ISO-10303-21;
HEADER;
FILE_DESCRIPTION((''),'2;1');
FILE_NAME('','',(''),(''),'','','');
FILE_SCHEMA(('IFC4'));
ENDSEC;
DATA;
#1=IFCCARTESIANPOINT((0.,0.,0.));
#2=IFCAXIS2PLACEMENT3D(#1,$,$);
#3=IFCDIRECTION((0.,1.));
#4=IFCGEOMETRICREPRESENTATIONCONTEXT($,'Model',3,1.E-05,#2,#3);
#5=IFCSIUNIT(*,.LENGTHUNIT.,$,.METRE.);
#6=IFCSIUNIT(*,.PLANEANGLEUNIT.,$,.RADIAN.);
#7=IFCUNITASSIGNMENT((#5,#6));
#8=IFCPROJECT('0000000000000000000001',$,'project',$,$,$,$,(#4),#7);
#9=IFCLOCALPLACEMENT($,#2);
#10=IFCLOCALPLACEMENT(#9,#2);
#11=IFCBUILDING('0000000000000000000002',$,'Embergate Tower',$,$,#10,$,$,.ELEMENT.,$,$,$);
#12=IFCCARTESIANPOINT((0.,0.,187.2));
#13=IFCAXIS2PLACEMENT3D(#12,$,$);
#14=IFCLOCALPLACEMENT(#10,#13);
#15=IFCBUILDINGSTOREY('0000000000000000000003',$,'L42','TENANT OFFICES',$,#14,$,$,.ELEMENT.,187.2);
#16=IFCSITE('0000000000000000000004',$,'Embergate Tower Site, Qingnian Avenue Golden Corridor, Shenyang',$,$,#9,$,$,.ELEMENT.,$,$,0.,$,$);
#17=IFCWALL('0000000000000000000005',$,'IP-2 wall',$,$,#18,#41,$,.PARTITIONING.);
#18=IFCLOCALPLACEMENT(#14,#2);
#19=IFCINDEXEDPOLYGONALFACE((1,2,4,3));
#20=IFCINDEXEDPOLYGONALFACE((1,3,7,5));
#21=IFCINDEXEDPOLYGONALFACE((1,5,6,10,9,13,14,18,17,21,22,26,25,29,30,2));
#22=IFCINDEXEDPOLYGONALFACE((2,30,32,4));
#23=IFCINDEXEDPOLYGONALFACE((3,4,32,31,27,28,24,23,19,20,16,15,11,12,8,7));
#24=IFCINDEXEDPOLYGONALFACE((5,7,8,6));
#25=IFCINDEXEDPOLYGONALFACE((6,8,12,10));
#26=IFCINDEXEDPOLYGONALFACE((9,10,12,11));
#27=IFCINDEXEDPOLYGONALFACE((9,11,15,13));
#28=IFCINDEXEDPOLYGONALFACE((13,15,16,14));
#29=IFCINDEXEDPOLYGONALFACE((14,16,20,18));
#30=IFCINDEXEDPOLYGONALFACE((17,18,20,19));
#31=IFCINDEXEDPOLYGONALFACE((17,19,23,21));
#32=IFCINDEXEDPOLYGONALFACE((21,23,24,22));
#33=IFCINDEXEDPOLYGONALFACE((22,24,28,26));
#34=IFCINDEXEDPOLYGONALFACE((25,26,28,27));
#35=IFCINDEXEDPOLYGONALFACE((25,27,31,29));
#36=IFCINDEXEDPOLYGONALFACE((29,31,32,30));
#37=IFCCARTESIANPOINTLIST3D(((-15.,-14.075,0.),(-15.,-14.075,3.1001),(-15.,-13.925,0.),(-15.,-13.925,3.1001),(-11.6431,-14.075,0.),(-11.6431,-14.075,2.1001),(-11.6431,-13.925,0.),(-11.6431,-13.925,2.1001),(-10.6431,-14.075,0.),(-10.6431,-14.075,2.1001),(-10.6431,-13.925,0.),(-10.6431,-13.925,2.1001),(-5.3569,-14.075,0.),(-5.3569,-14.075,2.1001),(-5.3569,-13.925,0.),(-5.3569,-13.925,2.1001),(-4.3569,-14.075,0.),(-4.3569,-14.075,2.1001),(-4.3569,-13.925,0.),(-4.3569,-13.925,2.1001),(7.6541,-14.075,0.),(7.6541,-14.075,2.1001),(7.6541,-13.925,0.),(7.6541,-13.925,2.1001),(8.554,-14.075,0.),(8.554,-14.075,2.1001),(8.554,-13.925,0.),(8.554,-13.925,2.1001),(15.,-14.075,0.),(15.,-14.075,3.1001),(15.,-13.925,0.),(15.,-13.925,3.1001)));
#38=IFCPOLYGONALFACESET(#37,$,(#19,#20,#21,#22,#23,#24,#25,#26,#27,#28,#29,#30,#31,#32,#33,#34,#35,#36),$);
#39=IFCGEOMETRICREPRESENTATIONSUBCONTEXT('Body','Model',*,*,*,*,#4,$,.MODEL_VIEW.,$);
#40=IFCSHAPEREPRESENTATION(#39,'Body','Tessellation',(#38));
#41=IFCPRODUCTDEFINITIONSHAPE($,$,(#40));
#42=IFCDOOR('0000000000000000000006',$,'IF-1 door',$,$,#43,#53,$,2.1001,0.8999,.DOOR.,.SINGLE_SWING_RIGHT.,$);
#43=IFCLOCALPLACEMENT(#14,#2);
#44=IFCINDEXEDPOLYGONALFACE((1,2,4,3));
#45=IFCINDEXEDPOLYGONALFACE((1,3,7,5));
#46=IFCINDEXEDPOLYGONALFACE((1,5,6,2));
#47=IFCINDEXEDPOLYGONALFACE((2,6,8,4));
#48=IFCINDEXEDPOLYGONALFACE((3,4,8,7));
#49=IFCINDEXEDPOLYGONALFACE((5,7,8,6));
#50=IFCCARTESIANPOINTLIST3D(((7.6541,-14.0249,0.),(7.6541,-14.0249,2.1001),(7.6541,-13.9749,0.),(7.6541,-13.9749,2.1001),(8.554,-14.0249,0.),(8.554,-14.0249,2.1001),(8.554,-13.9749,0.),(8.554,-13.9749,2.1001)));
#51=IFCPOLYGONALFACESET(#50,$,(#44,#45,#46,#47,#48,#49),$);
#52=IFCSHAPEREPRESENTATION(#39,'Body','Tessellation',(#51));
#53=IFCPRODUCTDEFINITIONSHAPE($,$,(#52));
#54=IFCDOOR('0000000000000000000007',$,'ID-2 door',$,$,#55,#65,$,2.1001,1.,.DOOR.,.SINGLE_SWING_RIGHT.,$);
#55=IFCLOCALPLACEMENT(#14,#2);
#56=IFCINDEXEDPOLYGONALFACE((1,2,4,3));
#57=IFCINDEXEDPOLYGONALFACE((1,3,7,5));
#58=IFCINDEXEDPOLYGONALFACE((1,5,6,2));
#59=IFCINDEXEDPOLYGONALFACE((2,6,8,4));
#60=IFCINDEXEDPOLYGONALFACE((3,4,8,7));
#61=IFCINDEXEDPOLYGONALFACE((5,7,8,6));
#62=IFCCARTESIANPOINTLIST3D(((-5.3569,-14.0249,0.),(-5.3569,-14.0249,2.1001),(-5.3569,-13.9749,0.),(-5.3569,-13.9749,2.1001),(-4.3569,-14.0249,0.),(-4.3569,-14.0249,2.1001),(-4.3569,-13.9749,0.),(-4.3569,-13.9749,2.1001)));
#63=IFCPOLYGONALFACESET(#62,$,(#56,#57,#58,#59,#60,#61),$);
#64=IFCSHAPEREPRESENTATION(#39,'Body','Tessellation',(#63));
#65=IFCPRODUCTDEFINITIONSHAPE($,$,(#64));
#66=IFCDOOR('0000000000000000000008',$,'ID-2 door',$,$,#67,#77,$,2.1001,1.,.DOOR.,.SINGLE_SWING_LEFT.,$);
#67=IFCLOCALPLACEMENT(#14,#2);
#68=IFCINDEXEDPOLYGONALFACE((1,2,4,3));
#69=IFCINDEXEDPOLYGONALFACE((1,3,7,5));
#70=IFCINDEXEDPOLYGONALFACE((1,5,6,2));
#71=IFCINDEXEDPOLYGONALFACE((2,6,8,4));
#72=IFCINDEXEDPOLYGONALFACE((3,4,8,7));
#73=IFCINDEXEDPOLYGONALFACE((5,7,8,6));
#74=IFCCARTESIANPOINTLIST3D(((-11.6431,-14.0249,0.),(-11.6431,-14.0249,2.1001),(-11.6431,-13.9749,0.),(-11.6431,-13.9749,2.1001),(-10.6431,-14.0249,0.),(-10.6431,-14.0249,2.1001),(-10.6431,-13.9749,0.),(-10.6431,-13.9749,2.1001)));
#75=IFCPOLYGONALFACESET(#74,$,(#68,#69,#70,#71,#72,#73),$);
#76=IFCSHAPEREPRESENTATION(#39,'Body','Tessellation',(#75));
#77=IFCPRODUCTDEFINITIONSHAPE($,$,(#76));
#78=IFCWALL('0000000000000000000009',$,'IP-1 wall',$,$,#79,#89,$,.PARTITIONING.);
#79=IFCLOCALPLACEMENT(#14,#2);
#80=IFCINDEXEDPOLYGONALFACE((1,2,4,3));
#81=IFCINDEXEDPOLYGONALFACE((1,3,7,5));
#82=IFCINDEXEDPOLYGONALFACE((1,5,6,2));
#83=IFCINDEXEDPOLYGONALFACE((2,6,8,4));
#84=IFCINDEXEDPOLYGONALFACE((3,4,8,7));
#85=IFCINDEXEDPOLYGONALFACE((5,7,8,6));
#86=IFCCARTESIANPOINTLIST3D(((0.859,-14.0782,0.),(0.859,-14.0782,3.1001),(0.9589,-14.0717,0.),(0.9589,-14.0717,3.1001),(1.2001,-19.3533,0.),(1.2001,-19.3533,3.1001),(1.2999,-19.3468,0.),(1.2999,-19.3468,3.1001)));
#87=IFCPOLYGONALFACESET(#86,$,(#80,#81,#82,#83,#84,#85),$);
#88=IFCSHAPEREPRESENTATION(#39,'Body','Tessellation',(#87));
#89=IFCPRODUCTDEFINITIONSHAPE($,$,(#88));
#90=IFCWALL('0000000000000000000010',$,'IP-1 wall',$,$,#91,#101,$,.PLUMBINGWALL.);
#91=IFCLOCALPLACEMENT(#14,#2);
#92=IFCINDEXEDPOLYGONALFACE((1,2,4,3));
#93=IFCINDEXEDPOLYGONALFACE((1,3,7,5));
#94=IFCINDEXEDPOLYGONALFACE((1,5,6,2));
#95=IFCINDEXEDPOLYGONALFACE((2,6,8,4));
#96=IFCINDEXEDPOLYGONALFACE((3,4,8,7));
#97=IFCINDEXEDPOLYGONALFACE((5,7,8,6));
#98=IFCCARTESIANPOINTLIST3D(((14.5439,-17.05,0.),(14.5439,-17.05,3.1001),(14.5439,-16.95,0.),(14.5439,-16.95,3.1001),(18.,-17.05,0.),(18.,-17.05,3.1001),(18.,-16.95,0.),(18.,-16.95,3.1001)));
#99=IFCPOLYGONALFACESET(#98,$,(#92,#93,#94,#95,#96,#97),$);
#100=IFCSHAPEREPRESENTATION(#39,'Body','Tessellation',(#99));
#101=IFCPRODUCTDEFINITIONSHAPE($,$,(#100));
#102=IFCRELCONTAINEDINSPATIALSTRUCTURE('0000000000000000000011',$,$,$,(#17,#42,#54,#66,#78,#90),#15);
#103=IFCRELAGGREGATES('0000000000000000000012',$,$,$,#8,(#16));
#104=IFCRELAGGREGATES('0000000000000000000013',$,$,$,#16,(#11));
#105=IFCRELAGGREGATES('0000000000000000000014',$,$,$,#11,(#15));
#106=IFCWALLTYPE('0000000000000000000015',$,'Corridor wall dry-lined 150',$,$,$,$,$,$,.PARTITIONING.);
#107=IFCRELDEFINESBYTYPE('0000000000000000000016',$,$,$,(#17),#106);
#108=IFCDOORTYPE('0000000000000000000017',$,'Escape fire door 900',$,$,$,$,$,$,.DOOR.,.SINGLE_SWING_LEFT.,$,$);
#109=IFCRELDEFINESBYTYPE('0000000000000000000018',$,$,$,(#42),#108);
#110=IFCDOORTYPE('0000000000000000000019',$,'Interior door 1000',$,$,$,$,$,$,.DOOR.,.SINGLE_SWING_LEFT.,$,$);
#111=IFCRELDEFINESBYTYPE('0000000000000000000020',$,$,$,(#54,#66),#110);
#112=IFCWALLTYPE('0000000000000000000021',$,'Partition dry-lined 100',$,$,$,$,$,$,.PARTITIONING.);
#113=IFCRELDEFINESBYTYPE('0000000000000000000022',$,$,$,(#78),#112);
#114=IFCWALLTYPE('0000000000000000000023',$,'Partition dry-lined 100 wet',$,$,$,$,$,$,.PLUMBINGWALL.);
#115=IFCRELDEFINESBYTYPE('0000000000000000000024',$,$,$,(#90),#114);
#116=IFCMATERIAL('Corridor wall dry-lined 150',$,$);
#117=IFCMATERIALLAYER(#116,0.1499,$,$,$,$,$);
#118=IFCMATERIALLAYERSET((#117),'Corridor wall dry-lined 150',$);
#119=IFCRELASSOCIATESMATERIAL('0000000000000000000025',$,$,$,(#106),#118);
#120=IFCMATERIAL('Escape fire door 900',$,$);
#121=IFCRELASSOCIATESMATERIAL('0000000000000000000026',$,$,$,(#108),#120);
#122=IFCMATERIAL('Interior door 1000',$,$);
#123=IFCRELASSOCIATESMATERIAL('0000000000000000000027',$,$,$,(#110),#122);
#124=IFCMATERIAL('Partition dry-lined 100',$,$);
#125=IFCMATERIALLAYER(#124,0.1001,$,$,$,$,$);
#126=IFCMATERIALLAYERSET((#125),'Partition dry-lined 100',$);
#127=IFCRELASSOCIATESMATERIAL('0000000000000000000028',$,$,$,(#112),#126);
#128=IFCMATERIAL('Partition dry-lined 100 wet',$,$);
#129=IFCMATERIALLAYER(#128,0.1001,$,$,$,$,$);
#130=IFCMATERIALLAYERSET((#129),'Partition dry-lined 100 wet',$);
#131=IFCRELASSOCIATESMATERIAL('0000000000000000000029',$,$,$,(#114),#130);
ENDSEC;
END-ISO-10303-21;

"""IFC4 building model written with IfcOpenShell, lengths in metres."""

from ifc_helpers import new_model, si_unit, direction, frame, frame_2d, origin, place, context, subcontext, project, spatial, rectangle, extrude, source, transform, mapped, material, layer, layer_set, type_object, element, fill, save


model = new_model("IFC4")

# Units and contexts
model_context = context("Model", 3, precision=1e-05, world=origin(), true_north=direction((0.0, 1.0)))
body_context = subcontext(model_context, "Body", "Model", "MODEL_VIEW")
ifc_project = project(units=[si_unit("LENGTHUNIT", "METRE"), si_unit("PLANEANGLEUNIT", "RADIAN")], contexts=[model_context])

# Site, building, storey
site_placement = place(None, origin())
site = spatial("IfcSite", under=ifc_project, at=site_placement, Name="Embergate Tower Site, Qingnian Avenue Golden Corridor, Shenyang", CompositionType="ELEMENT", RefElevation=0.0)
building_placement = place(site_placement, origin())
building = spatial("IfcBuilding", under=site, at=building_placement, Name="Embergate Tower", CompositionType="ELEMENT")
storey_placement = place(building_placement, frame((0.0, 0.0, 187.2)))
storey = spatial("IfcBuildingStorey", under=building, at=storey_placement, Name="L42", Description="TENANT OFFICES", CompositionType="ELEMENT", Elevation=187.2)

# Shared definitions
shared_shape_1 = source(origin(), body_context, "Body", "SweptSolid", [
    extrude(rectangle(XDim=1.0, YDim=2.1001, at=frame_2d((0.5, 1.05))), frame((0.0, 0.0249, 0.0), z_axis=(0.0, -1.0, 0.0), x_axis=(1.0, 0.0, 0.0)), (0.0, 0.0, 1.0), 0.05),
])

# Wall, openings, doors
ifc_material_1 = material(Name="Corridor wall dry-lined 150")
ifc_layer_1 = layer(ifc_material_1, 0.1499)
ifc_layer_set_1 = layer_set([ifc_layer_1], Name="Corridor wall dry-lined 150")
wall_type_1 = type_object("IfcWallType", Name="Corridor wall dry-lined 150", PredefinedType="PARTITIONING", material=ifc_layer_set_1)
shared_shape_2 = source(origin(), body_context, "Body", "SweptSolid", [
    extrude(rectangle(XDim=30.0, YDim=0.1499, at=frame_2d((15.0, 0.0))), origin(), (0.0, 0.0, 1.0), 3.1001),
])
wall_1_placement = place(storey_placement, frame((15.0, -14.0, 0.0), z_axis=(0.0, 0.0, 1.0), x_axis=(-1.0, 0.0, 0.0)))
wall_1 = element("IfcWall", 1, at=wall_1_placement, inside=storey, type_object=wall_type_1, Name="IP-2 wall", PredefinedType="PARTITIONING", context=body_context, shape_type="MappedRepresentation", body=[
    mapped(shared_shape_2, transform((0.0, 0.0, 0.0))),
])
shared_shape_3 = source(origin(), body_context, "Body", "SweptSolid", [
    extrude(rectangle(XDim=1.0, YDim=2.1001, at=frame_2d((0.5, 1.05))), frame((0.0, 0.085, 0.0), z_axis=(0.0, -1.0, 0.0), x_axis=(1.0, 0.0, 0.0)), (0.0, 0.0, 1.0), 0.1699),
])
opening_1_placement = place(wall_1_placement, frame((19.3569, 0.0, 0.0)))
opening_1 = element("IfcOpeningElement", 2, at=opening_1_placement, cuts=wall_1, PredefinedType="OPENING", context=body_context, shape_type="MappedRepresentation", body=[
    mapped(shared_shape_3, transform((0.0, 0.0, 0.0))),
])
shared_shape_4 = source(origin(), body_context, "Body", "SweptSolid", [
    extrude(rectangle(XDim=0.8999, YDim=2.1001, at=frame_2d((0.45, 1.05))), frame((0.0, 0.085, 0.0), z_axis=(0.0, -1.0, 0.0), x_axis=(1.0, 0.0, 0.0)), (0.0, 0.0, 1.0), 0.1699),
])
opening_2_placement = place(wall_1_placement, frame((6.446, 0.0, 0.0)))
opening_2 = element("IfcOpeningElement", 3, at=opening_2_placement, cuts=wall_1, PredefinedType="OPENING", context=body_context, shape_type="MappedRepresentation", body=[
    mapped(shared_shape_4, transform((0.0, 0.0, 0.0))),
])
opening_3_placement = place(wall_1_placement, frame((25.6431, 0.0, 0.0)))
opening_3 = element("IfcOpeningElement", 4, at=opening_3_placement, cuts=wall_1, PredefinedType="OPENING", context=body_context, shape_type="MappedRepresentation", body=[
    mapped(shared_shape_3, transform((0.0, 0.0, 0.0))),
])
ifc_material_2 = material(Name="Escape fire door 900")
door_type_1 = type_object("IfcDoorType", Name="Escape fire door 900", OperationType="SINGLE_SWING_LEFT", PredefinedType="DOOR", material=ifc_material_2)
shared_shape_5 = source(origin(), body_context, "Body", "SweptSolid", [
    extrude(rectangle(XDim=0.8999, YDim=2.1001, at=frame_2d((0.45, 1.05))), frame((0.0, 0.0249, 0.0), z_axis=(0.0, -1.0, 0.0), x_axis=(1.0, 0.0, 0.0)), (0.0, 0.0, 1.0), 0.05),
])
door_1_placement = place(opening_2_placement, origin())
door_1 = element("IfcDoor", 5, at=door_1_placement, inside=storey, type_object=door_type_1, Name="IF-1 door", OperationType="SINGLE_SWING_RIGHT", OverallHeight=2.1001, OverallWidth=0.8999, PredefinedType="DOOR", context=body_context, shape_type="MappedRepresentation", body=[
    mapped(shared_shape_5, transform((0.0, 0.0, 0.0))),
])
fill(opening_2, door_1)
ifc_material_3 = material(Name="Interior door 1000")
door_type_2 = type_object("IfcDoorType", Name="Interior door 1000", OperationType="SINGLE_SWING_LEFT", PredefinedType="DOOR", material=ifc_material_3)
door_2_placement = place(opening_1_placement, origin())
door_2 = element("IfcDoor", 6, at=door_2_placement, inside=storey, type_object=door_type_2, Name="ID-2 door", OperationType="SINGLE_SWING_RIGHT", OverallHeight=2.1001, OverallWidth=1.0, PredefinedType="DOOR", context=body_context, shape_type="MappedRepresentation", body=[
    mapped(shared_shape_1, transform((0.0, 0.0, 0.0))),
])
fill(opening_1, door_2)
door_3_placement = place(opening_3_placement, origin())
door_3 = element("IfcDoor", 7, at=door_3_placement, inside=storey, type_object=door_type_2, Name="ID-2 door", OperationType="SINGLE_SWING_LEFT", OverallHeight=2.1001, OverallWidth=1.0, PredefinedType="DOOR", context=body_context, shape_type="MappedRepresentation", body=[
    mapped(shared_shape_1, transform((0.0, 0.0, 0.0))),
])
fill(opening_3, door_3)

# Walls
ifc_material_4 = material(Name="Partition dry-lined 100")
ifc_layer_2 = layer(ifc_material_4, 0.1001)
ifc_layer_set_2 = layer_set([ifc_layer_2], Name="Partition dry-lined 100")
wall_type_2 = type_object("IfcWallType", Name="Partition dry-lined 100", PredefinedType="PARTITIONING", material=ifc_layer_set_2)
shared_shape_6 = source(origin(), body_context, "Body", "SweptSolid", [
    extrude(rectangle(XDim=5.2861, YDim=0.1001, at=frame_2d((2.6431, 0.0))), origin(), (0.0, 0.0, 1.0), 3.1001),
])
wall_2_placement = place(storey_placement, frame((0.9089, -14.075, 0.0), z_axis=(0.0, 0.0, 1.0), x_axis=(0.06452, -0.997916, 0.0)))
element("IfcWall", 8, at=wall_2_placement, inside=storey, type_object=wall_type_2, Name="IP-1 wall", PredefinedType="PARTITIONING", context=body_context, shape_type="MappedRepresentation", body=[
    mapped(shared_shape_6, transform((0.0, 0.0, 0.0))),
])
ifc_material_5 = material(Name="Partition dry-lined 100 wet")
ifc_layer_3 = layer(ifc_material_5, 0.1001)
ifc_layer_set_3 = layer_set([ifc_layer_3], Name="Partition dry-lined 100 wet")
wall_type_3 = type_object("IfcWallType", Name="Partition dry-lined 100 wet", PredefinedType="PLUMBINGWALL", material=ifc_layer_set_3)
shared_shape_7 = source(origin(), body_context, "Body", "SweptSolid", [
    extrude(rectangle(XDim=3.4561, YDim=0.1001, at=frame_2d((1.728, 0.0))), origin(), (0.0, 0.0, 1.0), 3.1001),
])
wall_3_placement = place(storey_placement, frame((14.5439, -17.0, 0.0), z_axis=(0.0, 0.0, 1.0), x_axis=(1.0, 0.0, 0.0)))
element("IfcWall", 9, at=wall_3_placement, inside=storey, type_object=wall_type_3, Name="IP-1 wall", PredefinedType="PLUMBINGWALL", context=body_context, shape_type="MappedRepresentation", body=[
    mapped(shared_shape_7, transform((0.0, 0.0, 0.0))),
])

save(model, "model.ifc")
